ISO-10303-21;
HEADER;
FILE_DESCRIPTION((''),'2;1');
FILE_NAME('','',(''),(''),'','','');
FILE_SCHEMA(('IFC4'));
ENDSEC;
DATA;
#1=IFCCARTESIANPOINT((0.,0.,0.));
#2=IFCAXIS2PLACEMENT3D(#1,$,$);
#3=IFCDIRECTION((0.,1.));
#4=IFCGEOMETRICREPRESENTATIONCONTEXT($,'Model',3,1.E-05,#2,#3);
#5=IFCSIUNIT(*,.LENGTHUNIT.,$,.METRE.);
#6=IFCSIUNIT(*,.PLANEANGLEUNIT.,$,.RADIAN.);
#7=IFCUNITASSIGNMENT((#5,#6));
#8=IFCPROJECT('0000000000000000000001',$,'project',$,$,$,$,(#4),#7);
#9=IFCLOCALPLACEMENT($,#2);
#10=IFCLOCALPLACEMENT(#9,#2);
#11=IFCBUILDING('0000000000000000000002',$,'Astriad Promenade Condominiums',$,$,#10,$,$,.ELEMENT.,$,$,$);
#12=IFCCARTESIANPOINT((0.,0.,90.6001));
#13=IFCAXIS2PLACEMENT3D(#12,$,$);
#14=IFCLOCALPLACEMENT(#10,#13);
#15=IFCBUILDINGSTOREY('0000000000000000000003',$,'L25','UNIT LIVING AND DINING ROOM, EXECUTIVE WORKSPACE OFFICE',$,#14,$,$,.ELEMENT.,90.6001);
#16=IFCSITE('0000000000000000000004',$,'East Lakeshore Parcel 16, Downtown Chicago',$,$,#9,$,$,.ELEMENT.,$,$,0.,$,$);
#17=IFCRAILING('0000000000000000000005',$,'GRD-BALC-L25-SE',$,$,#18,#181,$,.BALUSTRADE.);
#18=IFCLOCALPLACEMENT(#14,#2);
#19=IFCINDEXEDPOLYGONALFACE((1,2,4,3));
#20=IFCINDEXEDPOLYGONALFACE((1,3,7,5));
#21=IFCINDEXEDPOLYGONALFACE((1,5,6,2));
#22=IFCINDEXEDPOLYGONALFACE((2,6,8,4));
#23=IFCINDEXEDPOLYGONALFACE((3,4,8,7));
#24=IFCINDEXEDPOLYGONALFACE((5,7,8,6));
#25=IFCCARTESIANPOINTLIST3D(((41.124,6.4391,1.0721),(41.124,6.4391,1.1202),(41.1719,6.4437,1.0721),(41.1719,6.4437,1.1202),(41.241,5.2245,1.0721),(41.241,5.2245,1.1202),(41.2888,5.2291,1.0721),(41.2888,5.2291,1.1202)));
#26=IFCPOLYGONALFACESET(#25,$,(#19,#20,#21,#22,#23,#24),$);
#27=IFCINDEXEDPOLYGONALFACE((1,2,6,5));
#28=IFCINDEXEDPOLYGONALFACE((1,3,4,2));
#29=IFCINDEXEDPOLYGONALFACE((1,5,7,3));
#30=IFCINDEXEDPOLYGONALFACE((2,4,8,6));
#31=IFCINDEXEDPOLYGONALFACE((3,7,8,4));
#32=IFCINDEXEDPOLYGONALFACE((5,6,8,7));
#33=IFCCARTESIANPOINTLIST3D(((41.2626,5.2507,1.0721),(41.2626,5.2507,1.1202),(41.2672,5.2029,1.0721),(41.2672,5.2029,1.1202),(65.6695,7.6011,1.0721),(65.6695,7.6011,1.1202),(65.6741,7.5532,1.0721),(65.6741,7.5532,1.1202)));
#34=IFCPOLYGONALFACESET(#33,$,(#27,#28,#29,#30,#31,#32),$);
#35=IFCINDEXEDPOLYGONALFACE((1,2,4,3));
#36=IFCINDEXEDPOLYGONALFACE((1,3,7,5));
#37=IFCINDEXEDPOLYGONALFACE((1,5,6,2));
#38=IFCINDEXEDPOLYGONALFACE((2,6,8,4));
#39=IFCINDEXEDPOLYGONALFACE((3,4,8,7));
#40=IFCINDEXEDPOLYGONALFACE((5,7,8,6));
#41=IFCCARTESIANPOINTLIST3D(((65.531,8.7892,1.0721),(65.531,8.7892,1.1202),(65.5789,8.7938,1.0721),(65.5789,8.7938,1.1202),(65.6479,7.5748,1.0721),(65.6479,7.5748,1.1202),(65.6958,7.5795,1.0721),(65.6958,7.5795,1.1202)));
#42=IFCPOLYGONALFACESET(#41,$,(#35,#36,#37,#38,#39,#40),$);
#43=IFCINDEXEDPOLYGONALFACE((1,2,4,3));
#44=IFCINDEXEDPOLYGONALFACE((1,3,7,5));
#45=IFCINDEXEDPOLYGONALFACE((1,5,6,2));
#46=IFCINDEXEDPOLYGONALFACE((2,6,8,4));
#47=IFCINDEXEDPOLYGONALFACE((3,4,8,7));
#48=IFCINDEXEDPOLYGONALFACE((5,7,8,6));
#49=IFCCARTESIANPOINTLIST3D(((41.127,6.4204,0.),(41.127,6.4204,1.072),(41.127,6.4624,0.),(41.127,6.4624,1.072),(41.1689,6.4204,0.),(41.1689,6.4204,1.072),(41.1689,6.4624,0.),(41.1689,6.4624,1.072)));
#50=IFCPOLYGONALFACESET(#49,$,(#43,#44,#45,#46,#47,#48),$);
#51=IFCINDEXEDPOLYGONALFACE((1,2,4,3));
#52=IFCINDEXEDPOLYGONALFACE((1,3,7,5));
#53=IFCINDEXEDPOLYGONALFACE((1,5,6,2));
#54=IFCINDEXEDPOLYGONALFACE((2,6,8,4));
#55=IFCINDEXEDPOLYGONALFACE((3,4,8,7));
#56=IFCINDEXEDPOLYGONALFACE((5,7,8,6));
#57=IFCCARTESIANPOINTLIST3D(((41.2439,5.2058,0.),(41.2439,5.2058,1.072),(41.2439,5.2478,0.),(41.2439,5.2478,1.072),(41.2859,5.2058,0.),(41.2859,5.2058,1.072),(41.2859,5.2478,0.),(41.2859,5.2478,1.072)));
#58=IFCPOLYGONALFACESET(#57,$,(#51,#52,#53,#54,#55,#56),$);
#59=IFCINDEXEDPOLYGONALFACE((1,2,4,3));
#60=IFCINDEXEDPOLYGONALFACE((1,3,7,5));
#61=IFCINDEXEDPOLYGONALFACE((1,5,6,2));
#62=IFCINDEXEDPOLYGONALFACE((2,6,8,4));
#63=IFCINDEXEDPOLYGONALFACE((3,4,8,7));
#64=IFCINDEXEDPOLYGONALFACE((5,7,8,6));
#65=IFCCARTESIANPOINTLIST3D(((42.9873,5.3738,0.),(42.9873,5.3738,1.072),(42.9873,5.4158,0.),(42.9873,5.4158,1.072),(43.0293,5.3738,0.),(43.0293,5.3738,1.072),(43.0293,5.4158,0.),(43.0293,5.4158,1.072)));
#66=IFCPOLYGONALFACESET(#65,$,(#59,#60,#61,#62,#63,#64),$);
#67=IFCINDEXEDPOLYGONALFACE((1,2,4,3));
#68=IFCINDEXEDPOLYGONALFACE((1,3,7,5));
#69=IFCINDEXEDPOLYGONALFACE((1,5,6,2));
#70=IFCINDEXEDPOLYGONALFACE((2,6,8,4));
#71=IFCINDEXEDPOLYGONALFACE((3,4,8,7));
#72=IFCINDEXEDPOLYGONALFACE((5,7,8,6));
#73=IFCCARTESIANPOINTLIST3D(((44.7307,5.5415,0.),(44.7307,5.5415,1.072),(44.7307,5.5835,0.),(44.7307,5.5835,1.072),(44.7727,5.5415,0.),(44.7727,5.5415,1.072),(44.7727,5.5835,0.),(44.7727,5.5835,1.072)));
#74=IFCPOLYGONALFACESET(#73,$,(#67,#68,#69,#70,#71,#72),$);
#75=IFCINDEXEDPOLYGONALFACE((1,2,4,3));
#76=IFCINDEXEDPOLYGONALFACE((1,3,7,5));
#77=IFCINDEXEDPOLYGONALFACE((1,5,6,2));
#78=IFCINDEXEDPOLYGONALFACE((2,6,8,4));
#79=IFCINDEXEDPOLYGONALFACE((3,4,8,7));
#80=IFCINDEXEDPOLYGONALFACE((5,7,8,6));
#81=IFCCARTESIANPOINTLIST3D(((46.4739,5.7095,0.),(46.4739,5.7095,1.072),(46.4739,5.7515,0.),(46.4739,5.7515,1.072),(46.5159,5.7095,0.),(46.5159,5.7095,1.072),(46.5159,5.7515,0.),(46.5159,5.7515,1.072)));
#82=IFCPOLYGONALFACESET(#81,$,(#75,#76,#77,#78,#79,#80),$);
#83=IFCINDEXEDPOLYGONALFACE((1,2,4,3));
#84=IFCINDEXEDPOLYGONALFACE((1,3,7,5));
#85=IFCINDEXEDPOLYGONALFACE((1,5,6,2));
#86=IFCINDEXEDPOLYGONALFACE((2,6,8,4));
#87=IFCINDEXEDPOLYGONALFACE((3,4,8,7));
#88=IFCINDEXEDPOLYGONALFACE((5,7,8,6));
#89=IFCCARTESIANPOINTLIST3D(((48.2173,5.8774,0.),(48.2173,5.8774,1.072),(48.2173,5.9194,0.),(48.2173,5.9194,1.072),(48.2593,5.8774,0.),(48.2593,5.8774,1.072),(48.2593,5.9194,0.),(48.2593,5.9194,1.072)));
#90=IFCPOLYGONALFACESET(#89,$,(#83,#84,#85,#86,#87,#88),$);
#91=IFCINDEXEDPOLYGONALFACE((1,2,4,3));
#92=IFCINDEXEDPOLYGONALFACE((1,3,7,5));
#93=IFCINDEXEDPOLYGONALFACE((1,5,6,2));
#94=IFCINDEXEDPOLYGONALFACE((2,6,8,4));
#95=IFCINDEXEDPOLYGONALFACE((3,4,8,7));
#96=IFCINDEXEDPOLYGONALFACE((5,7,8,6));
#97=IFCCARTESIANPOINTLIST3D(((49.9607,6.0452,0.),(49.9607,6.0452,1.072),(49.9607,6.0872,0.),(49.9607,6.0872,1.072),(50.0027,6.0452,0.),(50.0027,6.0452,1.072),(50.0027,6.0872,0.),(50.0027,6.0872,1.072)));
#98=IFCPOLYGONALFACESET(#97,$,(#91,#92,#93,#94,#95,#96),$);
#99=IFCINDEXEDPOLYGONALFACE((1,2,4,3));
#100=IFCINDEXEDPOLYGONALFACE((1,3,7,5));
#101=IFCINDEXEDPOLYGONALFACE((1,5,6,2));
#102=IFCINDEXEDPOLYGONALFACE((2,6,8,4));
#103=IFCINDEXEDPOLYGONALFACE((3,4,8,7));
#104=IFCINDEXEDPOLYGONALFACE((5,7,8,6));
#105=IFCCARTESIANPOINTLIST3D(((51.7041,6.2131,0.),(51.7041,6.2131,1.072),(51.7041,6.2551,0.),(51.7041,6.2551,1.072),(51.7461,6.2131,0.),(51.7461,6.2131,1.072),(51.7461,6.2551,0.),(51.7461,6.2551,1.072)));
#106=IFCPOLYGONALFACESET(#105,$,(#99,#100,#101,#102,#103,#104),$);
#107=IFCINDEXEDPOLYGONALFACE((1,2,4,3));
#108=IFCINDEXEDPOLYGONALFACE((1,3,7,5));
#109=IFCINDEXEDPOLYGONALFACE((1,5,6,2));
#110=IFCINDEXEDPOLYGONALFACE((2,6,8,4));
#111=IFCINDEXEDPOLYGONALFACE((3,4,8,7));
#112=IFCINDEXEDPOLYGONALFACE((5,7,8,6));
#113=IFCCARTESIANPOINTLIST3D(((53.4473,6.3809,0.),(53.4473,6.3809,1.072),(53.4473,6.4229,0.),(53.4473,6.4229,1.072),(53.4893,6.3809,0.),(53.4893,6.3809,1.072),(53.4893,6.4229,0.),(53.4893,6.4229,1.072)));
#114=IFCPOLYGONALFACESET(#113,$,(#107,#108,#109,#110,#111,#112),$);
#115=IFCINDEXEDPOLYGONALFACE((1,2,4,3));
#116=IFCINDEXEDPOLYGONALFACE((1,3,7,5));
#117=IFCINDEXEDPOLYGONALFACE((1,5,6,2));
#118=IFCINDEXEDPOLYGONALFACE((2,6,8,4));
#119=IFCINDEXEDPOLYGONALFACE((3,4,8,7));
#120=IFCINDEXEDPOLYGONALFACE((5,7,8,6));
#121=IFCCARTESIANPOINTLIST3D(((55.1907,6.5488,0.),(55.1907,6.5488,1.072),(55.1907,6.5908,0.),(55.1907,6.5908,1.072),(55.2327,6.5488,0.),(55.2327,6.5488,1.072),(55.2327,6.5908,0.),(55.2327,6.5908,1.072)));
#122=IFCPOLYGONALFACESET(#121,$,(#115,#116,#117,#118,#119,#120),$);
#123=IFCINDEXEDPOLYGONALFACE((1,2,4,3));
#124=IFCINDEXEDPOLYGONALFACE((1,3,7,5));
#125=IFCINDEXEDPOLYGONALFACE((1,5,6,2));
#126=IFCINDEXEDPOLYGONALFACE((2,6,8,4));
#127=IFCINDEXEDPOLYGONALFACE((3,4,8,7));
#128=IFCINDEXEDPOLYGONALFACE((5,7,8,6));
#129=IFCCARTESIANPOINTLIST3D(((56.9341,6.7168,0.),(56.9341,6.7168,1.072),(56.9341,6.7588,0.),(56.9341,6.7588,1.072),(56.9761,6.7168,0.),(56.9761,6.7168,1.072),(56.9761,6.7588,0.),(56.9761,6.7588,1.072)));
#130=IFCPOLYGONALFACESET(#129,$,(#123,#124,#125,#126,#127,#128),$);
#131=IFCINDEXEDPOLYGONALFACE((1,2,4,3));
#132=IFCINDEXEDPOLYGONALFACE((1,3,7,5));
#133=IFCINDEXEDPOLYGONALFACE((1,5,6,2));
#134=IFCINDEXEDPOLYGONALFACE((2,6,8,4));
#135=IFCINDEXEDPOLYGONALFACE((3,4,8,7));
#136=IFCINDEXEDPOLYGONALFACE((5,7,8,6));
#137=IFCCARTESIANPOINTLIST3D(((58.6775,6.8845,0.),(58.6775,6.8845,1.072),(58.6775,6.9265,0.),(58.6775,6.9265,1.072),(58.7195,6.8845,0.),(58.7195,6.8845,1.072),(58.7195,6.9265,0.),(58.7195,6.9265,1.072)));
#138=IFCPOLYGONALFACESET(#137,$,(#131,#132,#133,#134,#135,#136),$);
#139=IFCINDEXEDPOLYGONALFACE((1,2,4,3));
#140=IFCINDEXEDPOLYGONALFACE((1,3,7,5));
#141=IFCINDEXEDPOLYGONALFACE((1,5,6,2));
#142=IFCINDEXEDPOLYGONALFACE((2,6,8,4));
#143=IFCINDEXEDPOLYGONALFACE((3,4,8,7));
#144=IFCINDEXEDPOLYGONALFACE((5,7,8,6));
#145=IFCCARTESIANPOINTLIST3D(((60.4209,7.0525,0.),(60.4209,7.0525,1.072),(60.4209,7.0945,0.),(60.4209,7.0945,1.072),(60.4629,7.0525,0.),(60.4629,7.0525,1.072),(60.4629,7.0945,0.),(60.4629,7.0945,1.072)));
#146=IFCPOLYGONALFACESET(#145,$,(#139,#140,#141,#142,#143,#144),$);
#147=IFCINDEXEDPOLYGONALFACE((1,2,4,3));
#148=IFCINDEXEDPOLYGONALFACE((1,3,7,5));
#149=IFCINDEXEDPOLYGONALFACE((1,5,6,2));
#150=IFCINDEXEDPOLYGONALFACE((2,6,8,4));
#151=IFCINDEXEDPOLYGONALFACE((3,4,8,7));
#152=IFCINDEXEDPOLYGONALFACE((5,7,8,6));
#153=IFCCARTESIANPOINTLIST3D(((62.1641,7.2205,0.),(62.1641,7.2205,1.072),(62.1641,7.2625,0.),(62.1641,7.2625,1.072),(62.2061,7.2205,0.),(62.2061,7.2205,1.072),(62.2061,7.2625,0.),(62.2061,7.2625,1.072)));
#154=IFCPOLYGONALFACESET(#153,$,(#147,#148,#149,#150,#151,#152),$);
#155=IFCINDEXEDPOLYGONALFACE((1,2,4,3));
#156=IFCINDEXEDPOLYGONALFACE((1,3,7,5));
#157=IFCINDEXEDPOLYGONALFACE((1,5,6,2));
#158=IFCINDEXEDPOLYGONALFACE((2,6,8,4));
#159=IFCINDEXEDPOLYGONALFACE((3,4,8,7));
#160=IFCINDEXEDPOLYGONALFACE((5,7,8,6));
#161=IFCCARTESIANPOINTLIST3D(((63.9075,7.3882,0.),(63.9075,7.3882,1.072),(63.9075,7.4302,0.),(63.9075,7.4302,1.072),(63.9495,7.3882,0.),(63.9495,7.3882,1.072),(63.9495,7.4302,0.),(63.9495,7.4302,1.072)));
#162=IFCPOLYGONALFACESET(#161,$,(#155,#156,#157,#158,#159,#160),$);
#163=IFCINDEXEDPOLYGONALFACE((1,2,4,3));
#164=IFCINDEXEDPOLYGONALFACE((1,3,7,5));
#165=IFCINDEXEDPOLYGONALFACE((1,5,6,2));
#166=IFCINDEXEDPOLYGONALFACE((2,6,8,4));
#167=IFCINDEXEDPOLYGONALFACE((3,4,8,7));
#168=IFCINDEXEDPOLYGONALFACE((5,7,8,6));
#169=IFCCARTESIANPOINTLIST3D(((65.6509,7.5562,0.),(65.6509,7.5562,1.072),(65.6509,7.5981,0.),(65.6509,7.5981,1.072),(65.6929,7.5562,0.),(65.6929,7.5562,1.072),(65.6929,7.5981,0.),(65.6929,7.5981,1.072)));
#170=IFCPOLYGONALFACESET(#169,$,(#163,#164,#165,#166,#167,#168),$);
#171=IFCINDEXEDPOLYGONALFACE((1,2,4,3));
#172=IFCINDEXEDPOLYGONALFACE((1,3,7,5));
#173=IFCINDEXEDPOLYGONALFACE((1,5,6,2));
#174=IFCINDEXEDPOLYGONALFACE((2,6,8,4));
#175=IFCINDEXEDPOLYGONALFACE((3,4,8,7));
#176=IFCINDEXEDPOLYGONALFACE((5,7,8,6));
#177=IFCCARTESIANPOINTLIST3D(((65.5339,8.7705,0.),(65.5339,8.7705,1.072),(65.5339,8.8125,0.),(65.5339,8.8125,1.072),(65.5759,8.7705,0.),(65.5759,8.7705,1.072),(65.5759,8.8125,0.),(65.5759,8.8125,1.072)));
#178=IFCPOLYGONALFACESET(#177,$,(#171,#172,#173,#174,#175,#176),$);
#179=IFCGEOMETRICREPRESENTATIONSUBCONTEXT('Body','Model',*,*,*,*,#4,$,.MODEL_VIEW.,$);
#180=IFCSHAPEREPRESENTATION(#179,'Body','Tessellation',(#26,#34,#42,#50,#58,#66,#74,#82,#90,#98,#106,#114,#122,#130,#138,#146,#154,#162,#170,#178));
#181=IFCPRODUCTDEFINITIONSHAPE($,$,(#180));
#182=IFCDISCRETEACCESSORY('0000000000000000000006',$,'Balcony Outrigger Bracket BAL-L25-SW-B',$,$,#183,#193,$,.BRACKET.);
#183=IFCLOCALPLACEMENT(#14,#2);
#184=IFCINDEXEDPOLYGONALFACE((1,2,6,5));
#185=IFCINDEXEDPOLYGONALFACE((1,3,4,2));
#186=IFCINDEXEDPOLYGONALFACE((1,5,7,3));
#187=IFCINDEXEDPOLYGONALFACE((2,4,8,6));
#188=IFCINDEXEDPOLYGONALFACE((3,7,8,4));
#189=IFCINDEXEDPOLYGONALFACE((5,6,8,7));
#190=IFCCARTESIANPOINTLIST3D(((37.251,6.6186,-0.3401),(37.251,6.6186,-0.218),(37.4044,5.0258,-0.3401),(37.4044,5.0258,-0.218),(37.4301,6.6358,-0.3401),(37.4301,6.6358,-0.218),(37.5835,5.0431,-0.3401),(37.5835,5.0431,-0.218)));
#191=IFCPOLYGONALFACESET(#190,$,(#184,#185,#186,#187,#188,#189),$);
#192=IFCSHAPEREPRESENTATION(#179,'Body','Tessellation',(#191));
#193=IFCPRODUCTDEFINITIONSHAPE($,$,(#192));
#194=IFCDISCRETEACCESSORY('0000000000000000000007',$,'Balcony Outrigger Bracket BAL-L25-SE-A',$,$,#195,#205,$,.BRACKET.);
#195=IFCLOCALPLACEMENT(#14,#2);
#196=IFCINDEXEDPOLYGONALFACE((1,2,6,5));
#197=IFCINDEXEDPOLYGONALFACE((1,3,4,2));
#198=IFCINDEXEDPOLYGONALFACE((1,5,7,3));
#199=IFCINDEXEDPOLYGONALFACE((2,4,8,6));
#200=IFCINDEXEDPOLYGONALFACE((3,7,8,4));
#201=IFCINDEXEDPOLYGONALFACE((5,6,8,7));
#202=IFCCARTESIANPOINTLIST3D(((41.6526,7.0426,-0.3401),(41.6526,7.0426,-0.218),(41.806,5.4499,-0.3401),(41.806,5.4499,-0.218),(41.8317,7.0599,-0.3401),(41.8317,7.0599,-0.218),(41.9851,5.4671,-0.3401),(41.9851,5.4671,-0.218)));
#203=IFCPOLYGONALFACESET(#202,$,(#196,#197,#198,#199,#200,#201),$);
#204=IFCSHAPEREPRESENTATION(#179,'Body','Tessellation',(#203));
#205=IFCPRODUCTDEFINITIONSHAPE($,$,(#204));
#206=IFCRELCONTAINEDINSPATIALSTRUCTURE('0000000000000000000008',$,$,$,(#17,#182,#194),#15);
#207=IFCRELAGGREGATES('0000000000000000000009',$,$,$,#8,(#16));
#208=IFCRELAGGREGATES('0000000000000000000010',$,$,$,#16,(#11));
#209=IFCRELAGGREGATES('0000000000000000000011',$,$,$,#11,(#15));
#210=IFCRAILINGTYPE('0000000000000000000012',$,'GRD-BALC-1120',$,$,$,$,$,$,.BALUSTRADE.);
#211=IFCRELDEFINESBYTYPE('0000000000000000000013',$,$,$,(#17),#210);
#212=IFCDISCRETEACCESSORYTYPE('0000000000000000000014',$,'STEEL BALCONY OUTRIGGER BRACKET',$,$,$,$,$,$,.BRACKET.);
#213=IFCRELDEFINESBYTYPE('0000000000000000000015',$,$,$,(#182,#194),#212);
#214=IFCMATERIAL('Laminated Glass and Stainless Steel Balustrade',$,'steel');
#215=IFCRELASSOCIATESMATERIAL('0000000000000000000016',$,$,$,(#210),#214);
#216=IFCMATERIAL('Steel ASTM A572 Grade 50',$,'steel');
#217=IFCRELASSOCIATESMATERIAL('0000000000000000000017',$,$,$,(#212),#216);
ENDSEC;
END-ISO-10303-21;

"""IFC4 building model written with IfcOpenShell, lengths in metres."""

from ifc_helpers import new_model, si_unit, direction, frame, origin, origin_2d, place, context, subcontext, project, spatial, rectangle, extrude, source, transform, mapped, material, type_object, type_shapes, element, save


model = new_model("IFC4")

# Units and contexts
model_context = context("Model", 3, precision=1e-05, world=origin(), true_north=direction((0.0, 1.0)))
body_context = subcontext(model_context, "Body", "Model", "MODEL_VIEW")
ifc_project = project(units=[si_unit("LENGTHUNIT", "METRE"), si_unit("PLANEANGLEUNIT", "RADIAN")], contexts=[model_context])

# Site, building, storey
site_placement = place(None, origin())
site = spatial("IfcSite", under=ifc_project, at=site_placement, Name="East Lakeshore Parcel 16, Downtown Chicago", CompositionType="ELEMENT", RefElevation=0.0)
building_placement = place(site_placement, origin())
building = spatial("IfcBuilding", under=site, at=building_placement, Name="Astriad Promenade Condominiums", CompositionType="ELEMENT")
storey_placement = place(building_placement, frame((0.0, 0.0, 90.6001)))
storey = spatial("IfcBuildingStorey", under=building, at=storey_placement, Name="L25", Description="UNIT LIVING AND DINING ROOM, EXECUTIVE WORKSPACE OFFICE", CompositionType="ELEMENT", Elevation=90.6001)

# Railing
ifc_material_1 = material(Name="Laminated Glass and Stainless Steel Balustrade", Category="steel")
railing_type = type_object("IfcRailingType", Name="GRD-BALC-1120", PredefinedType="BALUSTRADE", material=ifc_material_1)
shared_shape_1 = source(origin(), body_context, "Body", "SweptSolid", [
    extrude(rectangle(XDim=0.0481, YDim=0.0481, at=origin_2d()), frame((0.0, 0.0, 1.0962), z_axis=(0.095838, -0.995397, 0.0), x_axis=(0.995397, 0.095838, 0.0)), (0.0, 0.0, 1.0), 1.2202),
    extrude(rectangle(XDim=0.0481, YDim=0.0481, at=origin_2d()), frame((0.1169, -1.2146, 1.0962), z_axis=(0.995395, 0.095855, 0.0), x_axis=(-0.095855, 0.995395, 0.0)), (0.0, 0.0, 1.0), 24.5198),
    extrude(rectangle(XDim=0.0481, YDim=0.0481, at=origin_2d()), frame((24.5239, 1.1357, 1.0962), z_axis=(-0.095857, 0.995395, 0.0), x_axis=(-0.995395, -0.095857, 0.0)), (0.0, 0.0, 1.0), 1.22),
    extrude(rectangle(XDim=0.042, YDim=0.042, at=origin_2d()), origin(), (0.0, 0.0, 1.0), 1.072),
    extrude(rectangle(XDim=0.042, YDim=0.042, at=origin_2d()), frame((0.1169, -1.2146, 0.0)), (0.0, 0.0, 1.0), 1.072),
    extrude(rectangle(XDim=0.042, YDim=0.042, at=origin_2d()), frame((1.8604, -1.0466, 0.0)), (0.0, 0.0, 1.0), 1.072),
    extrude(rectangle(XDim=0.042, YDim=0.042, at=origin_2d()), frame((3.6038, -0.8789, 0.0)), (0.0, 0.0, 1.0), 1.072),
    extrude(rectangle(XDim=0.042, YDim=0.042, at=origin_2d()), frame((5.3469, -0.7109, 0.0)), (0.0, 0.0, 1.0), 1.072),
    extrude(rectangle(XDim=0.042, YDim=0.042, at=origin_2d()), frame((7.0903, -0.543, 0.0)), (0.0, 0.0, 1.0), 1.072),
    extrude(rectangle(XDim=0.042, YDim=0.042, at=origin_2d()), frame((8.8337, -0.3752, 0.0)), (0.0, 0.0, 1.0), 1.072),
    extrude(rectangle(XDim=0.042, YDim=0.042, at=origin_2d()), frame((10.5771, -0.2073, 0.0)), (0.0, 0.0, 1.0), 1.072),
    extrude(rectangle(XDim=0.042, YDim=0.042, at=origin_2d()), frame((12.3203, -0.0396, 0.0)), (0.0, 0.0, 1.0), 1.072),
    extrude(rectangle(XDim=0.042, YDim=0.042, at=origin_2d()), frame((14.0637, 0.1284, 0.0)), (0.0, 0.0, 1.0), 1.072),
    extrude(rectangle(XDim=0.042, YDim=0.042, at=origin_2d()), frame((15.8071, 0.2964, 0.0)), (0.0, 0.0, 1.0), 1.072),
    extrude(rectangle(XDim=0.042, YDim=0.042, at=origin_2d()), frame((17.5505, 0.4641, 0.0)), (0.0, 0.0, 1.0), 1.072),
    extrude(rectangle(XDim=0.042, YDim=0.042, at=origin_2d()), frame((19.2939, 0.6321, 0.0)), (0.0, 0.0, 1.0), 1.072),
    extrude(rectangle(XDim=0.042, YDim=0.042, at=origin_2d()), frame((21.0371, 0.8, 0.0)), (0.0, 0.0, 1.0), 1.072),
    extrude(rectangle(XDim=0.042, YDim=0.042, at=origin_2d()), frame((22.7805, 0.9678, 0.0)), (0.0, 0.0, 1.0), 1.072),
    extrude(rectangle(XDim=0.042, YDim=0.042, at=origin_2d()), frame((24.5239, 1.1357, 0.0)), (0.0, 0.0, 1.0), 1.072),
    extrude(rectangle(XDim=0.042, YDim=0.042, at=origin_2d()), frame((24.407, 2.3501, 0.0)), (0.0, 0.0, 1.0), 1.072),
])
type_shapes(railing_type, [shared_shape_1])
railing_placement = place(storey_placement, frame((41.1479, 6.4414, 0.0)))
element("IfcRailing", 1, at=railing_placement, inside=storey, type_object=railing_type, Name="GRD-BALC-L25-SE", PredefinedType="BALUSTRADE", context=body_context, shape_type="MappedRepresentation", body=[
    mapped(shared_shape_1, transform((0.0, 0.0, 0.0), scale=1.0)),
])

# Discrete accessories
ifc_material_2 = material(Name="Steel ASTM A572 Grade 50", Category="steel")
discrete_accessory_type = type_object("IfcDiscreteAccessoryType", Name="STEEL BALCONY OUTRIGGER BRACKET", PredefinedType="BRACKET", material=ifc_material_2)
shared_shape_2 = source(origin(), body_context, "Body", "SweptSolid", [
    extrude(rectangle(XDim=1.6001, YDim=0.1799, at=origin_2d()), origin(), (0.0, 0.0, 1.0), 0.1221),
])
type_shapes(discrete_accessory_type, [shared_shape_2])
for number, where, z_axis, x_axis, name in (
    (2, (37.4172, 5.8308, -0.3401), (0.0, 0.0, 1.0), (0.095846, -0.995396, 0.0), "Balcony Outrigger Bracket BAL-L25-SW-B"),
    (3, (41.8188, 6.2549, -0.3401), (0.0, 0.0, 1.0), (0.095846, -0.995396, 0.0), "Balcony Outrigger Bracket BAL-L25-SE-A"),
):
    element("IfcDiscreteAccessory", number, at=place(storey_placement, frame(where, z_axis=z_axis, x_axis=x_axis)), inside=storey, type_object=discrete_accessory_type, Name=name, PredefinedType="BRACKET", context=body_context, shape_type="MappedRepresentation", body=[
        mapped(shared_shape_2, transform((0.0, 0.0, 0.0), scale=1.0)),
    ])

save(model, "model.ifc")
